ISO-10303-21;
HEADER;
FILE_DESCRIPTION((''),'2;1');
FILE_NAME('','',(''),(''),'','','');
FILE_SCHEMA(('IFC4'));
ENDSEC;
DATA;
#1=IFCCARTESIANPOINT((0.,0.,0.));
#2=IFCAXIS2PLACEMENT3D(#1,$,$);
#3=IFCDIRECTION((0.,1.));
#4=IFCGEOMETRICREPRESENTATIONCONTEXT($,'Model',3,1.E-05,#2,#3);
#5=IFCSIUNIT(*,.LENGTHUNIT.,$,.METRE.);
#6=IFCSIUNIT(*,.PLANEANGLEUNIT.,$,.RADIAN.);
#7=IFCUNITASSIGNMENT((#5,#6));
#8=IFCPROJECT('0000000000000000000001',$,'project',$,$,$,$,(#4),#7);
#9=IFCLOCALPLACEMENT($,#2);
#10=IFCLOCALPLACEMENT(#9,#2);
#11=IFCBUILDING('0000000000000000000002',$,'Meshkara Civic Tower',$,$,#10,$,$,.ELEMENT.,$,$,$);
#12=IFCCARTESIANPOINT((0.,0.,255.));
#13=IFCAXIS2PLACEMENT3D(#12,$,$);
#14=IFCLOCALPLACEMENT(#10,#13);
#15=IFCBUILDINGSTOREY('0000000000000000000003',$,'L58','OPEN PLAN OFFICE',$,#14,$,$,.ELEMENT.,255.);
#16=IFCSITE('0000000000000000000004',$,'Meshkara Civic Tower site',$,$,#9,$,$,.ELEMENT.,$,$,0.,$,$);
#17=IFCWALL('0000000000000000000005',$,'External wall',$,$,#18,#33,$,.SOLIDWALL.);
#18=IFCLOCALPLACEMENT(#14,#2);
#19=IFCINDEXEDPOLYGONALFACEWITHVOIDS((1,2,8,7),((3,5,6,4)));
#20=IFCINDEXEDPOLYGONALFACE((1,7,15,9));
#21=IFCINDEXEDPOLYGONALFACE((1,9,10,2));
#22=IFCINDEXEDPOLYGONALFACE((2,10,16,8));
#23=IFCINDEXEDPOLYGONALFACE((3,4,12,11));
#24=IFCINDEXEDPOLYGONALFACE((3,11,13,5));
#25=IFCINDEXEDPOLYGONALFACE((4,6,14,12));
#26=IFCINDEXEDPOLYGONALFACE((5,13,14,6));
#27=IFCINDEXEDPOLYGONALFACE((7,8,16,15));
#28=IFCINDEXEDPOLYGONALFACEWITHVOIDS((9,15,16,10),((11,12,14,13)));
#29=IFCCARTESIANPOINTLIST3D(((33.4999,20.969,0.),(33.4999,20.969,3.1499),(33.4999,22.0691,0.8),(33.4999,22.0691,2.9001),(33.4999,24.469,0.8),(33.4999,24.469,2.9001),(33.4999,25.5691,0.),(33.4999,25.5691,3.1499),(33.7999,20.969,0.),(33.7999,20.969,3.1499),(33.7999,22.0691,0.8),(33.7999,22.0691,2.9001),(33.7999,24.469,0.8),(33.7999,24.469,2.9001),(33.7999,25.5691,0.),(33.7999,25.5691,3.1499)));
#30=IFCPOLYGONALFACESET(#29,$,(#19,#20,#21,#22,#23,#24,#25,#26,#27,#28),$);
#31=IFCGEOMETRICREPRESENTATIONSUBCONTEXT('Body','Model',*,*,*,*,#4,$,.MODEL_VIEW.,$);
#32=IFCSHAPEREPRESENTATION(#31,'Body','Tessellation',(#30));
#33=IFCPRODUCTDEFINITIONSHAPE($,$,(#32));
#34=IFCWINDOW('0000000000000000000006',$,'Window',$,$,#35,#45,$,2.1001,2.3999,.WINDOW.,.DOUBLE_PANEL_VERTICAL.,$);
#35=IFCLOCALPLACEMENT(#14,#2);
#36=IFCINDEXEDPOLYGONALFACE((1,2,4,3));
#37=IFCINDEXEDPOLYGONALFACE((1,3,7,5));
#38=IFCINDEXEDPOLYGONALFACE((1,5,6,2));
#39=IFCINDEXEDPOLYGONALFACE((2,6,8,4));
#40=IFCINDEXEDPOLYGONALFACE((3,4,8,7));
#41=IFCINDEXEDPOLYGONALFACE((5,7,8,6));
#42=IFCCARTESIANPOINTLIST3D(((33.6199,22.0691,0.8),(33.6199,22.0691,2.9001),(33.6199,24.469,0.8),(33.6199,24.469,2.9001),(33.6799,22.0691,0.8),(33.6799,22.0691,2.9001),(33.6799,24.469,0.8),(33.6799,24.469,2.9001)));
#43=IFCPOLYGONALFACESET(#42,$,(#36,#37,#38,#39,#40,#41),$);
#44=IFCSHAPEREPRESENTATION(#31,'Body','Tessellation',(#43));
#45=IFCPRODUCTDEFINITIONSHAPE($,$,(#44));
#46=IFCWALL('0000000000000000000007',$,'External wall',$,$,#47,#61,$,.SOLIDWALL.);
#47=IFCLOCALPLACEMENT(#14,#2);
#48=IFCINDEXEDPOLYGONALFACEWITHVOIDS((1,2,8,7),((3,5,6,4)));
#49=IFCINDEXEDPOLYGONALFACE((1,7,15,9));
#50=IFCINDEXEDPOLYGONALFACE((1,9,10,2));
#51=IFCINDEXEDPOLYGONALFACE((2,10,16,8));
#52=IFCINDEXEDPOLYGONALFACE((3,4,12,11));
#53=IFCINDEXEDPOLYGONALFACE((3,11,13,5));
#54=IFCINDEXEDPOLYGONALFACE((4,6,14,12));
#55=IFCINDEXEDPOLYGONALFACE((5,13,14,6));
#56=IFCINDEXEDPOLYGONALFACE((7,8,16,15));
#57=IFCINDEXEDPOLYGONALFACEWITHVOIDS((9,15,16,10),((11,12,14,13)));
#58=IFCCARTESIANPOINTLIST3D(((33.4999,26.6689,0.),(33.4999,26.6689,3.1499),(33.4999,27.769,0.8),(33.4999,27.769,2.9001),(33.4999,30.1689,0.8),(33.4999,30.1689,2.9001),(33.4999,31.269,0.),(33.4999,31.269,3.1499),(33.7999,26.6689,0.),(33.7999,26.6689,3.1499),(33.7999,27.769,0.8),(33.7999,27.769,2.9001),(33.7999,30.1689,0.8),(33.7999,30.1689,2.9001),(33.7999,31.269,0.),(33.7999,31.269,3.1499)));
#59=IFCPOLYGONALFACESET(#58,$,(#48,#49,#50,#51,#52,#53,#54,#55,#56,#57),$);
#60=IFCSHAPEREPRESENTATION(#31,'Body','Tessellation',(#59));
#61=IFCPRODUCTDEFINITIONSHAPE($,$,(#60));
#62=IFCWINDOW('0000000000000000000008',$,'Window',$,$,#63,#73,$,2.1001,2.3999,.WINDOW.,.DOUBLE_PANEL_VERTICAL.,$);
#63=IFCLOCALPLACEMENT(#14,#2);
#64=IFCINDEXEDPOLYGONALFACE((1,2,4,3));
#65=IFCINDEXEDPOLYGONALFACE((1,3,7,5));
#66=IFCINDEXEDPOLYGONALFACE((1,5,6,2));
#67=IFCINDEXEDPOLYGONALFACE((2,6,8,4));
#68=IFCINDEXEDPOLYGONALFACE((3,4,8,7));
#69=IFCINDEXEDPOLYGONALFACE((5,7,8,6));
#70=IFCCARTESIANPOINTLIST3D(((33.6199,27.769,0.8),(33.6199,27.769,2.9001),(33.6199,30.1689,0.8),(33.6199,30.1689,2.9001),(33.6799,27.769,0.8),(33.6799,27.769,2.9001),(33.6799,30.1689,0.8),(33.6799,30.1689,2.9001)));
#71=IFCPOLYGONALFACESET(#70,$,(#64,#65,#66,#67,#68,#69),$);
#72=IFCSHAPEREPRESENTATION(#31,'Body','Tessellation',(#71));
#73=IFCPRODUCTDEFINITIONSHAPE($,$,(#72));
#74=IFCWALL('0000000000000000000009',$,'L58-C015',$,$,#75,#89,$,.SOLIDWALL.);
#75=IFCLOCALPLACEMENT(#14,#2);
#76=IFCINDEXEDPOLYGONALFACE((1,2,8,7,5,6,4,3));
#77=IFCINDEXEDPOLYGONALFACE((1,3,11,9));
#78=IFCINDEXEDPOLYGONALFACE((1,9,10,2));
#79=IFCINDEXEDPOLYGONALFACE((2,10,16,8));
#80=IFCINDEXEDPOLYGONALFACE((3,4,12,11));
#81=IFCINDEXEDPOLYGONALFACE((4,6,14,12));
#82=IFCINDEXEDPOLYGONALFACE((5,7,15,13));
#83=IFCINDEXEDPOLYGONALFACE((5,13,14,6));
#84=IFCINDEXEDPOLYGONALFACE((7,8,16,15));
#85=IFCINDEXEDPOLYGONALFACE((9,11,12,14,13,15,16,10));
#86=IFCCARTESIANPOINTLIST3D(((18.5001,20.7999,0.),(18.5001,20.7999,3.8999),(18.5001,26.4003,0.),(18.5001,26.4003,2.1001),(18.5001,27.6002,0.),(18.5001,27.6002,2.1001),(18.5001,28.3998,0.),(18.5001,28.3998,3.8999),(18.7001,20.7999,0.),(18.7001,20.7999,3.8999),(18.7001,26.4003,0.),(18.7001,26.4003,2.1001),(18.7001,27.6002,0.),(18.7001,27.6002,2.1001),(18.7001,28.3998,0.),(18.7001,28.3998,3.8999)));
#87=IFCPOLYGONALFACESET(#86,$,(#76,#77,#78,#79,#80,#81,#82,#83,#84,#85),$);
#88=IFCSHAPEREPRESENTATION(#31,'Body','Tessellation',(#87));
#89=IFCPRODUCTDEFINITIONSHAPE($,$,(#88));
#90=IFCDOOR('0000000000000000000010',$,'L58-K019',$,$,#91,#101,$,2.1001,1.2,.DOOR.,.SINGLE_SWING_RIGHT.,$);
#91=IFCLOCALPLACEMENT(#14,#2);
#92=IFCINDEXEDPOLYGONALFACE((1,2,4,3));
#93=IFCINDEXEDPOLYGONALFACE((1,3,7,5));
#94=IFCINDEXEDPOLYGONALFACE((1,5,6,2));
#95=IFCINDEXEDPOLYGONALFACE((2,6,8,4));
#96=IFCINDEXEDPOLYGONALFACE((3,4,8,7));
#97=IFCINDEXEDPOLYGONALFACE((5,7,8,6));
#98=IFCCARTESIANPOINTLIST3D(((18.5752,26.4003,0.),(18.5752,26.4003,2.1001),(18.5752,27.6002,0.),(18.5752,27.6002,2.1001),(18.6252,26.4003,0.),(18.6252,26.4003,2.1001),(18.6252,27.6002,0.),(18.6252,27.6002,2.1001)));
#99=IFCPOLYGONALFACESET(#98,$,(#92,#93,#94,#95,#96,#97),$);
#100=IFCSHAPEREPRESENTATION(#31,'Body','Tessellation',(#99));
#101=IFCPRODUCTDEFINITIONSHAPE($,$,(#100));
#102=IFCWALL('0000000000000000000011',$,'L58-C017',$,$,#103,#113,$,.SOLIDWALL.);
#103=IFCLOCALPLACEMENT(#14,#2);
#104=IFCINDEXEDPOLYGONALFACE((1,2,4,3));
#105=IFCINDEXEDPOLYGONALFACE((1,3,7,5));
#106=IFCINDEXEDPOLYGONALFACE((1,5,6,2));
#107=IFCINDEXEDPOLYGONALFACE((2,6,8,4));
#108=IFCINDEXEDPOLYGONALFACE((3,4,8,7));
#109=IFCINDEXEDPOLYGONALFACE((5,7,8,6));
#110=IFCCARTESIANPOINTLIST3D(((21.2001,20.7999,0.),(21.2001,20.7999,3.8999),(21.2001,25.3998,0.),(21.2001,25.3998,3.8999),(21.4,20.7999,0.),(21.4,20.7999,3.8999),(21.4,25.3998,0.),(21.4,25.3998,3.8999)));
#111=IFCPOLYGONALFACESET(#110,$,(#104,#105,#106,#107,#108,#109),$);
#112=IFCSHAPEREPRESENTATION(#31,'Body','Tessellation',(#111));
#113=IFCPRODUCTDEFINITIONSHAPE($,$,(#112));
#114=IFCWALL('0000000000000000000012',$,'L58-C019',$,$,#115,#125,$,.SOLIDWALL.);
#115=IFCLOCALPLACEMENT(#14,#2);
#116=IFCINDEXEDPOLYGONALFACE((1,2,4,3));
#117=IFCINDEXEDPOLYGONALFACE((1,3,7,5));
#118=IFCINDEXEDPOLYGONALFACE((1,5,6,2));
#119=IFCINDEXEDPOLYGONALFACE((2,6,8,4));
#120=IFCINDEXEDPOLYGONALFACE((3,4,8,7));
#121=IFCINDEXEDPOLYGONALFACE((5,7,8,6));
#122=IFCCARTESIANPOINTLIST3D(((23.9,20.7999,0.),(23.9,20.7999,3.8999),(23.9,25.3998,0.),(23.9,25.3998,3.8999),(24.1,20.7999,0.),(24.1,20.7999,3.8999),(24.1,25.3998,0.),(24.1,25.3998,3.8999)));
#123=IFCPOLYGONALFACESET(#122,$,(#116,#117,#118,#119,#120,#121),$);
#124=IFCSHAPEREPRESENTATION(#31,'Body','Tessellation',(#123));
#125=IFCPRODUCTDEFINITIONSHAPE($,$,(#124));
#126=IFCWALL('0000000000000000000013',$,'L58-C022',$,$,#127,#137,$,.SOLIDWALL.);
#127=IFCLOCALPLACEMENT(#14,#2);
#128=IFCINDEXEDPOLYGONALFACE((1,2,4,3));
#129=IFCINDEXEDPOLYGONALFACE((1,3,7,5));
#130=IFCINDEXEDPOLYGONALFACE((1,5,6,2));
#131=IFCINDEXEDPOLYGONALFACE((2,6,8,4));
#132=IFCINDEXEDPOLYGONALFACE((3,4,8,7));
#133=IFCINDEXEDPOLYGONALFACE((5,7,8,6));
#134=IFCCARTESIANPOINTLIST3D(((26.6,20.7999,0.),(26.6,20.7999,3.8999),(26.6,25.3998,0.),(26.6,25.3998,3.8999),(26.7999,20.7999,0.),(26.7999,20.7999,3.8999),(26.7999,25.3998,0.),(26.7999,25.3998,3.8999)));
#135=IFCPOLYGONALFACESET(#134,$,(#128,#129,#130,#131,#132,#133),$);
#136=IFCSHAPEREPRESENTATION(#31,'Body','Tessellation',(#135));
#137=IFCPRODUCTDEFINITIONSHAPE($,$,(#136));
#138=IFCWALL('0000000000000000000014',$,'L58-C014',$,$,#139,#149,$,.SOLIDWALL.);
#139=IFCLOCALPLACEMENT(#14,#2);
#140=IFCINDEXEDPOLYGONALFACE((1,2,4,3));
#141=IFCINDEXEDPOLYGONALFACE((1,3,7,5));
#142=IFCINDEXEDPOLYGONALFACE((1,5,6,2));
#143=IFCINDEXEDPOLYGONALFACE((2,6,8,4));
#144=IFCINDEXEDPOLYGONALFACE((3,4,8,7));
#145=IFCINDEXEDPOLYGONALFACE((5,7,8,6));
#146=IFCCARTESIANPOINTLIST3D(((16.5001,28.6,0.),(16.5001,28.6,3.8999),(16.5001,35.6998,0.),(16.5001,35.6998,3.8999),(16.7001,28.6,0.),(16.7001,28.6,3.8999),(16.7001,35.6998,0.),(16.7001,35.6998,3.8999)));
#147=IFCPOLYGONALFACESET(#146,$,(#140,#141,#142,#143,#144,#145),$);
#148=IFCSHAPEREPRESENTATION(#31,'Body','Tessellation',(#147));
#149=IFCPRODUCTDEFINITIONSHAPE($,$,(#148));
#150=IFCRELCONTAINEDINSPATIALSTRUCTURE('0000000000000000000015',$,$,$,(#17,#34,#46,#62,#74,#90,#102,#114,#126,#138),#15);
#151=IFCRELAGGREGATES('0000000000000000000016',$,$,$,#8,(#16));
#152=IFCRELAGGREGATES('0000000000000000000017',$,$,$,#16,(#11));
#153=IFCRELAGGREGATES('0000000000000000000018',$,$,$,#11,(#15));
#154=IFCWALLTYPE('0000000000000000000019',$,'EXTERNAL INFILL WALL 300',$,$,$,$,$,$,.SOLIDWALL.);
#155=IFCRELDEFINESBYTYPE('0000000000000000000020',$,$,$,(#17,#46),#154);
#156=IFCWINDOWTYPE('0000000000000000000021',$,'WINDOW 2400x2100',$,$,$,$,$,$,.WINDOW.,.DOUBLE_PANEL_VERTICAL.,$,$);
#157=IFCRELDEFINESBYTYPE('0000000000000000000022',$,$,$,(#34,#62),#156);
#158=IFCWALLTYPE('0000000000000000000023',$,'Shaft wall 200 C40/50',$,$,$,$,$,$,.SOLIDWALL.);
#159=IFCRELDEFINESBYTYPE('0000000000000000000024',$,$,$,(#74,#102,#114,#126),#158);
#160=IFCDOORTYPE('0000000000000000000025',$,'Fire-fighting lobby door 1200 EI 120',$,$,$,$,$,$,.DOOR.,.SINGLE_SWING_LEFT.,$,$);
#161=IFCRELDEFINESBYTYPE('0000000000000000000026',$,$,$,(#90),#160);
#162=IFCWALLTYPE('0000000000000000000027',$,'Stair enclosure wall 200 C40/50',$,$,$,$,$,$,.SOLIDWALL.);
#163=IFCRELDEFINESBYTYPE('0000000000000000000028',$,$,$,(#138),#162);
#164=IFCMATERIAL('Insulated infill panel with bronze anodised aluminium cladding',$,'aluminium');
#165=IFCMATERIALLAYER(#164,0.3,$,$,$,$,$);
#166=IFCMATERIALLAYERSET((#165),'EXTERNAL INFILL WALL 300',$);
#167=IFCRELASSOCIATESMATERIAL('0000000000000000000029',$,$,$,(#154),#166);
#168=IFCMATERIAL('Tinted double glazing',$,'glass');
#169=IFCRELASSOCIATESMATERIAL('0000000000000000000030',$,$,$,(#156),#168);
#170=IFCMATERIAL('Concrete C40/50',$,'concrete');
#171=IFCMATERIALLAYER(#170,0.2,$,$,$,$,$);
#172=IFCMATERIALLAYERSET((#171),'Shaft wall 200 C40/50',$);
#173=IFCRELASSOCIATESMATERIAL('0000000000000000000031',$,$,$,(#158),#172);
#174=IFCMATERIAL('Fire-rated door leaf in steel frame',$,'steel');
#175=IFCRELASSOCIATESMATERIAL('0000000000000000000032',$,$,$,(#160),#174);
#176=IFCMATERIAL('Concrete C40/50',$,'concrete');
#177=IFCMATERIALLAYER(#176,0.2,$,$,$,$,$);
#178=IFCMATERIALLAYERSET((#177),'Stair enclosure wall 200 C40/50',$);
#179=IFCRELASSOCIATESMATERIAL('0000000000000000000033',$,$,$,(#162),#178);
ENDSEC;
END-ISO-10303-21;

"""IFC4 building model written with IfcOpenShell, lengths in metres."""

from ifc_helpers import new_model, si_unit, direction, frame, frame_2d, origin, place, context, subcontext, project, spatial, rectangle, extrude, material, layer, layer_set, type_object, element, fill, save


model = new_model("IFC4")

# Units and contexts
model_context = context("Model", 3, precision=1e-05, world=origin(), true_north=direction((0.0, 1.0)))
body_context = subcontext(model_context, "Body", "Model", "MODEL_VIEW")
ifc_project = project(units=[si_unit("LENGTHUNIT", "METRE"), si_unit("PLANEANGLEUNIT", "RADIAN")], contexts=[model_context])

# Site, building, storey
site_placement = place(None, origin())
site = spatial("IfcSite", under=ifc_project, at=site_placement, Name="Meshkara Civic Tower site", CompositionType="ELEMENT", RefElevation=0.0)
building_placement = place(site_placement, origin())
building = spatial("IfcBuilding", under=site, at=building_placement, Name="Meshkara Civic Tower", CompositionType="ELEMENT")
storey_placement = place(building_placement, frame((0.0, 0.0, 255.0)))
storey = spatial("IfcBuildingStorey", under=building, at=storey_placement, Name="L58", Description="OPEN PLAN OFFICE", CompositionType="ELEMENT", Elevation=255.0)

# Walls, openings, windows
ifc_material_1 = material(Name="Insulated infill panel with bronze anodised aluminium cladding", Category="aluminium")
ifc_layer_1 = layer(ifc_material_1, 0.3)
ifc_layer_set_1 = layer_set([ifc_layer_1], Name="EXTERNAL INFILL WALL 300")
wall_type_1 = type_object("IfcWallType", Name="EXTERNAL INFILL WALL 300", PredefinedType="SOLIDWALL", material=ifc_layer_set_1)
ifc_material_2 = material(Name="Tinted double glazing", Category="glass")
window_type = type_object("IfcWindowType", Name="WINDOW 2400x2100", PartitioningType="DOUBLE_PANEL_VERTICAL", PredefinedType="WINDOW", material=ifc_material_2)
wall_1_placement = place(storey_placement, frame((33.6499, 20.969, 0.0), z_axis=(0.0, 0.0, 1.0), x_axis=(0.0, 1.0, 0.0)))
wall_1 = element("IfcWall", 1, at=wall_1_placement, inside=storey, type_object=wall_type_1, Name="External wall", PredefinedType="SOLIDWALL", context=body_context, shape_type="SweptSolid", body=[
    extrude(rectangle(XDim=4.6001, YDim=0.3, at=frame_2d((2.3, 0.0))), origin(), (0.0, 0.0, 1.0), 3.1499),
])
opening_1_placement = place(wall_1_placement, frame((1.1001, 0.0, 0.8)))
opening_1 = element("IfcOpeningElement", 2, at=opening_1_placement, cuts=wall_1, PredefinedType="OPENING", context=body_context, shape_type="SweptSolid", body=[
    extrude(rectangle(XDim=2.3999, YDim=2.1001, at=frame_2d((1.2, 1.05))), frame((0.0, 0.1599, 0.0), z_axis=(0.0, -1.0, 0.0), x_axis=(1.0, 0.0, 0.0)), (0.0, 0.0, 1.0), 0.3201),
])
window_1_placement = place(opening_1_placement, origin())
window_1 = element("IfcWindow", 3, at=window_1_placement, inside=storey, type_object=window_type, Name="Window", OverallHeight=2.1001, OverallWidth=2.3999, PartitioningType="DOUBLE_PANEL_VERTICAL", PredefinedType="WINDOW", context=body_context, shape_type="SweptSolid", body=[
    extrude(rectangle(XDim=2.3999, YDim=2.1001, at=frame_2d((1.2, 1.05))), frame((0.0, 0.03, 0.0), z_axis=(0.0, -1.0, 0.0), x_axis=(1.0, 0.0, 0.0)), (0.0, 0.0, 1.0), 0.0601),
])
fill(opening_1, window_1)
wall_2_placement = place(storey_placement, frame((33.6499, 26.6689, 0.0), z_axis=(0.0, 0.0, 1.0), x_axis=(0.0, 1.0, 0.0)))
wall_2 = element("IfcWall", 4, at=wall_2_placement, inside=storey, type_object=wall_type_1, Name="External wall", PredefinedType="SOLIDWALL", context=body_context, shape_type="SweptSolid", body=[
    extrude(rectangle(XDim=4.6001, YDim=0.3, at=frame_2d((2.3, 0.0))), origin(), (0.0, 0.0, 1.0), 3.1499),
])
opening_2_placement = place(wall_2_placement, frame((1.1001, 0.0, 0.8)))
opening_2 = element("IfcOpeningElement", 5, at=opening_2_placement, cuts=wall_2, PredefinedType="OPENING", context=body_context, shape_type="SweptSolid", body=[
    extrude(rectangle(XDim=2.3999, YDim=2.1001, at=frame_2d((1.2, 1.05))), frame((0.0, 0.1599, 0.0), z_axis=(0.0, -1.0, 0.0), x_axis=(1.0, 0.0, 0.0)), (0.0, 0.0, 1.0), 0.3201),
])
window_2_placement = place(opening_2_placement, origin())
window_2 = element("IfcWindow", 6, at=window_2_placement, inside=storey, type_object=window_type, Name="Window", OverallHeight=2.1001, OverallWidth=2.3999, PartitioningType="DOUBLE_PANEL_VERTICAL", PredefinedType="WINDOW", context=body_context, shape_type="SweptSolid", body=[
    extrude(rectangle(XDim=2.3999, YDim=2.1001, at=frame_2d((1.2, 1.05))), frame((0.0, 0.03, 0.0), z_axis=(0.0, -1.0, 0.0), x_axis=(1.0, 0.0, 0.0)), (0.0, 0.0, 1.0), 0.0601),
])
fill(opening_2, window_2)

# Wall, opening, door
ifc_material_3 = material(Name="Concrete C40/50", Category="concrete")
ifc_layer_2 = layer(ifc_material_3, 0.2)
ifc_layer_set_2 = layer_set([ifc_layer_2], Name="Shaft wall 200 C40/50")
wall_type_2 = type_object("IfcWallType", Name="Shaft wall 200 C40/50", PredefinedType="SOLIDWALL", material=ifc_layer_set_2)
wall_3_placement = place(storey_placement, frame((18.6001, 20.8, 0.0), z_axis=(0.0, 0.0, 1.0), x_axis=(0.0, 1.0, 0.0)))
wall_3 = element("IfcWall", 7, at=wall_3_placement, inside=storey, type_object=wall_type_2, Name="L58-C015", PredefinedType="SOLIDWALL", context=body_context, shape_type="SweptSolid", body=[
    extrude(rectangle(XDim=7.5999, YDim=0.2, at=frame_2d((3.7998, 0.0))), origin(), (0.0, 0.0, 1.0), 3.8999),
])
opening_3_placement = place(wall_3_placement, frame((5.6001, 0.0, 0.0)))
opening_3 = element("IfcOpeningElement", 8, at=opening_3_placement, cuts=wall_3, PredefinedType="OPENING", context=body_context, shape_type="SweptSolid", body=[
    extrude(rectangle(XDim=1.2, YDim=2.1001, at=frame_2d((0.6001, 1.05))), frame((0.0, 0.1099, 0.0), z_axis=(0.0, -1.0, 0.0), x_axis=(1.0, 0.0, 0.0)), (0.0, 0.0, 1.0), 0.22),
])
ifc_material_4 = material(Name="Fire-rated door leaf in steel frame", Category="steel")
door_type = type_object("IfcDoorType", Name="Fire-fighting lobby door 1200 EI 120", OperationType="SINGLE_SWING_LEFT", PredefinedType="DOOR", material=ifc_material_4)
door_placement = place(opening_3_placement, origin())
door = element("IfcDoor", 9, at=door_placement, inside=storey, type_object=door_type, Name="L58-K019", OperationType="SINGLE_SWING_RIGHT", OverallHeight=2.1001, OverallWidth=1.2, PredefinedType="DOOR", context=body_context, shape_type="SweptSolid", body=[
    extrude(rectangle(XDim=1.2, YDim=2.1001, at=frame_2d((0.6001, 1.05))), frame((0.0, 0.0249, 0.0), z_axis=(0.0, -1.0, 0.0), x_axis=(1.0, 0.0, 0.0)), (0.0, 0.0, 1.0), 0.05),
])
fill(opening_3, door)

# Walls
for number, where, z_axis, x_axis, name in (
    (10, (21.3, 20.8, 0.0), (0.0, 0.0, 1.0), (0.0, 1.0, 0.0), "L58-C017"),
    (11, (24.0, 20.8, 0.0), (0.0, 0.0, 1.0), (0.0, 1.0, 0.0), "L58-C019"),
    (12, (26.7, 20.8, 0.0), (0.0, 0.0, 1.0), (0.0, 1.0, 0.0), "L58-C022"),
):
    element("IfcWall", number, at=place(storey_placement, frame(where, z_axis=z_axis, x_axis=x_axis)), inside=storey, type_object=wall_type_2, Name=name, PredefinedType="SOLIDWALL", context=body_context, shape_type="SweptSolid", body=[
        extrude(rectangle(XDim=4.5999, YDim=0.2, at=frame_2d((2.2998, 0.0))), origin(), (0.0, 0.0, 1.0), 3.8999),
    ])
ifc_material_5 = material(Name="Concrete C40/50", Category="concrete")
ifc_layer_3 = layer(ifc_material_5, 0.2)
ifc_layer_set_3 = layer_set([ifc_layer_3], Name="Stair enclosure wall 200 C40/50")
wall_type_3 = type_object("IfcWallType", Name="Stair enclosure wall 200 C40/50", PredefinedType="SOLIDWALL", material=ifc_layer_set_3)
wall_4_placement = place(storey_placement, frame((16.6001, 28.6001, 0.0), z_axis=(0.0, 0.0, 1.0), x_axis=(0.0, 1.0, 0.0)))
element("IfcWall", 13, at=wall_4_placement, inside=storey, type_object=wall_type_3, Name="L58-C014", PredefinedType="SOLIDWALL", context=body_context, shape_type="SweptSolid", body=[
    extrude(rectangle(XDim=7.0999, YDim=0.2, at=frame_2d((3.5498, 0.0))), origin(), (0.0, 0.0, 1.0), 3.8999),
])

save(model, "model.ifc")
